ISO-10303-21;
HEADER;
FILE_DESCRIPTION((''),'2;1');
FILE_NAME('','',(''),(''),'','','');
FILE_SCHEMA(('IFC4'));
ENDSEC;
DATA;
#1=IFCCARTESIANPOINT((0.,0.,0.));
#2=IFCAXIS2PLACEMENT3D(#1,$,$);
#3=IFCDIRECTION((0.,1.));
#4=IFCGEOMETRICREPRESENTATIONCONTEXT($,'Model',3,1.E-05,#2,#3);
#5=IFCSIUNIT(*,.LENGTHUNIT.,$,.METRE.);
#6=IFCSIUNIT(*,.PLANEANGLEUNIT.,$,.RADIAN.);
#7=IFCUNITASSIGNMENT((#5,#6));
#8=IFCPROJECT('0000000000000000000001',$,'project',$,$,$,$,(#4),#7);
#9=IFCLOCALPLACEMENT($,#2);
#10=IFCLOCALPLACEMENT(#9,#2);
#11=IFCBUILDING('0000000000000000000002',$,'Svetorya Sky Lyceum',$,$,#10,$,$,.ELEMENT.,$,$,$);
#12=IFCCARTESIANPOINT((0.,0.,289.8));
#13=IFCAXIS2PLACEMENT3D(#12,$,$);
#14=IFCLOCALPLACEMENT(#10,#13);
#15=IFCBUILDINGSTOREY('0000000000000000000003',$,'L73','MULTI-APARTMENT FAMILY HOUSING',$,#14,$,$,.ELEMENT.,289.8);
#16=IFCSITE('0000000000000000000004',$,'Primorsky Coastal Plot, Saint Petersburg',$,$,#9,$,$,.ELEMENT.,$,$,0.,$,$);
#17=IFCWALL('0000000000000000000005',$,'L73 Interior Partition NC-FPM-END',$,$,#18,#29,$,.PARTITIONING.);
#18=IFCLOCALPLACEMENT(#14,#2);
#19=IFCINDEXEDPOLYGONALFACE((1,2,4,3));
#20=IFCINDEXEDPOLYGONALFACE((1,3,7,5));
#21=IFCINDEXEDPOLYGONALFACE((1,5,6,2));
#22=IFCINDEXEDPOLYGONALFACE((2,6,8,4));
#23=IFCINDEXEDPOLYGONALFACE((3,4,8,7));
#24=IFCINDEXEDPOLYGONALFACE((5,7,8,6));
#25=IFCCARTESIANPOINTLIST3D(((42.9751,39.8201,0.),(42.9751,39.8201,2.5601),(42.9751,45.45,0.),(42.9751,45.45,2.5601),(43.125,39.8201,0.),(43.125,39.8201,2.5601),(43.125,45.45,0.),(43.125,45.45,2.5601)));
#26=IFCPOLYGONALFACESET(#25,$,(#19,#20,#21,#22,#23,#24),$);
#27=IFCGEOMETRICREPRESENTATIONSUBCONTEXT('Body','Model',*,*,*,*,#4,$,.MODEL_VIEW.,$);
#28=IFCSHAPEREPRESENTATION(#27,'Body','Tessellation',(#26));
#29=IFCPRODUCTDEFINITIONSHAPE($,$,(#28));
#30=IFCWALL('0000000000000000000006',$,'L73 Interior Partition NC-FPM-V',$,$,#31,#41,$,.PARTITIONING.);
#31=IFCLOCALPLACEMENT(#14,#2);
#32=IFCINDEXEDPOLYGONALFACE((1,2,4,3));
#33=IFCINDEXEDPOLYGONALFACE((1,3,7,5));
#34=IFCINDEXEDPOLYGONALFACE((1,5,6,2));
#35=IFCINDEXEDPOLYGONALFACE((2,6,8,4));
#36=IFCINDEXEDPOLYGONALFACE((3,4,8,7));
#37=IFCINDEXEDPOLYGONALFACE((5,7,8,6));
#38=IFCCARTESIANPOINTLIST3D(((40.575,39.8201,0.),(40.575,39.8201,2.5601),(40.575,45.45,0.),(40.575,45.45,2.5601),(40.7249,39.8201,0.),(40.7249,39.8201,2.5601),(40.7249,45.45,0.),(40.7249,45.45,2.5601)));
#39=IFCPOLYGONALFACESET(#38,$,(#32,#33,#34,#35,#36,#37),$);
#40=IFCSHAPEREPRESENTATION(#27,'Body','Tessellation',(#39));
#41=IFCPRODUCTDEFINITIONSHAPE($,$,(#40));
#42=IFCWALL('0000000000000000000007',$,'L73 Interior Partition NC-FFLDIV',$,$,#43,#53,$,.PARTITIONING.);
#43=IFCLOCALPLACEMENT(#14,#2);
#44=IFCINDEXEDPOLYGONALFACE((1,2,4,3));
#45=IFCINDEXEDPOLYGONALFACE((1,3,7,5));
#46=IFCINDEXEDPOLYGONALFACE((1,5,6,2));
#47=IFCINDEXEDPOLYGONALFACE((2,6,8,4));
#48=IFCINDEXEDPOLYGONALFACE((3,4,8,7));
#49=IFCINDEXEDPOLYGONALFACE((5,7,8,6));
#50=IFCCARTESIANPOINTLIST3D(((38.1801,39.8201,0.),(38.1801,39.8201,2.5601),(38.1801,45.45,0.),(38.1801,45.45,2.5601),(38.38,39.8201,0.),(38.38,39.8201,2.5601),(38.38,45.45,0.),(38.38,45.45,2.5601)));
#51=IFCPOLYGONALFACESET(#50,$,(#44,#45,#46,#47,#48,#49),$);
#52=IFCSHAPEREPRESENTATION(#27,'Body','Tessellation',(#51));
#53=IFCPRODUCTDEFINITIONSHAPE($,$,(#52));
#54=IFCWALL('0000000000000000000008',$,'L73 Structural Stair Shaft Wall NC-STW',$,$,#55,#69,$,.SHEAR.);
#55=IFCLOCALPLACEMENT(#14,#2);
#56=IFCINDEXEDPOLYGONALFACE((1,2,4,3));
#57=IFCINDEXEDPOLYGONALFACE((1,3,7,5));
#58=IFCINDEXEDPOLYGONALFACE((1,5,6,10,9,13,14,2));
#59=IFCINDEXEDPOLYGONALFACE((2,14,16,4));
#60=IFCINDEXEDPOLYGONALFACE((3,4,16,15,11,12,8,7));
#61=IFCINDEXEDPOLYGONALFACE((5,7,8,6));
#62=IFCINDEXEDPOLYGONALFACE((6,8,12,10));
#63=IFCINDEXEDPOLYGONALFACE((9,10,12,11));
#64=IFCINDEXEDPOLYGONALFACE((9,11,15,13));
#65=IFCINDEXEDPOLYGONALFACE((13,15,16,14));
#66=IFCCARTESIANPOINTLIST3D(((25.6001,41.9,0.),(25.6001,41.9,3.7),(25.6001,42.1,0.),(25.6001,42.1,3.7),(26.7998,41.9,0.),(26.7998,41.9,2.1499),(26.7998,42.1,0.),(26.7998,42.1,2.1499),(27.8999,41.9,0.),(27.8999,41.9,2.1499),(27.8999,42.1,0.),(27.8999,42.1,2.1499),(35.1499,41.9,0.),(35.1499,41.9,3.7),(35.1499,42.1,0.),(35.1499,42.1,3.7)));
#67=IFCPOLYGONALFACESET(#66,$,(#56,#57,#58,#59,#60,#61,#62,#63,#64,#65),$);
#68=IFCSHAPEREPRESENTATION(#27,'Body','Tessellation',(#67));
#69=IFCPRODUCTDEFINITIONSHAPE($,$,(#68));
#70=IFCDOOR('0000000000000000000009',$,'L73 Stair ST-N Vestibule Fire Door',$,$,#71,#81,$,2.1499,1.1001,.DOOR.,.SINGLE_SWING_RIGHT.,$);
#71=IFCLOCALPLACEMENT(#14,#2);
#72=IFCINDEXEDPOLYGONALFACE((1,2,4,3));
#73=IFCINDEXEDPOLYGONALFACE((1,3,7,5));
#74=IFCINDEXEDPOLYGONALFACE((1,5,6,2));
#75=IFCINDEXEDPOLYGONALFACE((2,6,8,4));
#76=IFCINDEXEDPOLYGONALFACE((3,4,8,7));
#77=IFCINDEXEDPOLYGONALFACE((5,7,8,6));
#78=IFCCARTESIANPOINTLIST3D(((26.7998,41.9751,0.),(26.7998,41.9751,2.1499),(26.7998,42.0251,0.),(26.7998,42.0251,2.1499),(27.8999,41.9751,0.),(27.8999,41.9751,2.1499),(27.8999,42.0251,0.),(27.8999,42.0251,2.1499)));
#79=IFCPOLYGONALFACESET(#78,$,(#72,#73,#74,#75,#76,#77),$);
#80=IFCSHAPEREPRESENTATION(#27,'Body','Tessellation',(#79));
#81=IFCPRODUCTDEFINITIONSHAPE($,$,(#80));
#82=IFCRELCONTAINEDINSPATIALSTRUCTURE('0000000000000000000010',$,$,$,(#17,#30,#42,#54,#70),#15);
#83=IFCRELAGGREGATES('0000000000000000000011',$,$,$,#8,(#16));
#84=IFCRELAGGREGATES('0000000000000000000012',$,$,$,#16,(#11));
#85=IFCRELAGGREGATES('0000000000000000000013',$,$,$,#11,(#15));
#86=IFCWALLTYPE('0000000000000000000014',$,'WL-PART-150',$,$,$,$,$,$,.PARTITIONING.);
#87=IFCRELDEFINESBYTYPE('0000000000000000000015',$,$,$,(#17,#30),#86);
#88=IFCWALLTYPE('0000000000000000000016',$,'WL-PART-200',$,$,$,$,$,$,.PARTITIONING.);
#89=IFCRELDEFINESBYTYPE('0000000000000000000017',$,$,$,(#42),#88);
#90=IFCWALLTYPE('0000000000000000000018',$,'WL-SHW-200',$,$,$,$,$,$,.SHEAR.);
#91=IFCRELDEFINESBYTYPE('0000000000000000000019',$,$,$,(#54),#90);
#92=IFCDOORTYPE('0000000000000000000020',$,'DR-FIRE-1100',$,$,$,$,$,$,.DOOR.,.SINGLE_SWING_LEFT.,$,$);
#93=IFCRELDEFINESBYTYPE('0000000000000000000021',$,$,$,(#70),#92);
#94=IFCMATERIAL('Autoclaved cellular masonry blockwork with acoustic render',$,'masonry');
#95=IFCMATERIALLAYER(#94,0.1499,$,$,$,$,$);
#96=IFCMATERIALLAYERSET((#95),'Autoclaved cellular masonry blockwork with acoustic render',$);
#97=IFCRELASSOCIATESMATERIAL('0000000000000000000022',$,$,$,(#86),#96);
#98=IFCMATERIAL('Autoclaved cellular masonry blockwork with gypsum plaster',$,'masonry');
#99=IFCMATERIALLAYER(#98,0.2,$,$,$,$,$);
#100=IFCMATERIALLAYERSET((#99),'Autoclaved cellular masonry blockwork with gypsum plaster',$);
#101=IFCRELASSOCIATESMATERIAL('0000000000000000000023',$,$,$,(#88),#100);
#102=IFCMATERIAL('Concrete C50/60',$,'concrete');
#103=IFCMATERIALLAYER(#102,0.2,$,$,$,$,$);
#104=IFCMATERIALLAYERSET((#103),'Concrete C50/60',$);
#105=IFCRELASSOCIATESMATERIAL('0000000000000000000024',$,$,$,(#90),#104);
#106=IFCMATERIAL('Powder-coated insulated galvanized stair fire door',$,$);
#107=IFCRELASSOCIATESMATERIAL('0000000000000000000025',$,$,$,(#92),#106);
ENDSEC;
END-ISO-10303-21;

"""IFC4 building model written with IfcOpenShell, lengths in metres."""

from ifc_helpers import new_model, si_unit, direction, frame, frame_2d, origin, place, context, subcontext, project, spatial, rectangle, extrude, material, layer, layer_set, type_object, element, fill, save


model = new_model("IFC4")

# Units and contexts
model_context = context("Model", 3, precision=1e-05, world=origin(), true_north=direction((0.0, 1.0)))
body_context = subcontext(model_context, "Body", "Model", "MODEL_VIEW")
ifc_project = project(units=[si_unit("LENGTHUNIT", "METRE"), si_unit("PLANEANGLEUNIT", "RADIAN")], contexts=[model_context])

# Site, building, storey
site_placement = place(None, origin())
site = spatial("IfcSite", under=ifc_project, at=site_placement, Name="Primorsky Coastal Plot, Saint Petersburg", CompositionType="ELEMENT", RefElevation=0.0)
building_placement = place(site_placement, origin())
building = spatial("IfcBuilding", under=site, at=building_placement, Name="Svetorya Sky Lyceum", CompositionType="ELEMENT")
storey_placement = place(building_placement, frame((0.0, 0.0, 289.8)))
storey = spatial("IfcBuildingStorey", under=building, at=storey_placement, Name="L73", Description="MULTI-APARTMENT FAMILY HOUSING", CompositionType="ELEMENT", Elevation=289.8)

# Walls
ifc_material_1 = material(Name="Autoclaved cellular masonry blockwork with acoustic render", Category="masonry")
ifc_layer_1 = layer(ifc_material_1, 0.1499)
ifc_layer_set_1 = layer_set([ifc_layer_1], Name="Autoclaved cellular masonry blockwork with acoustic render")
wall_type_1 = type_object("IfcWallType", Name="WL-PART-150", PredefinedType="PARTITIONING", material=ifc_layer_set_1)
for number, where, z_axis, x_axis, name in (
    (1, (43.05, 39.8201, 0.0), (0.0, 0.0, 1.0), (0.0, 1.0, 0.0), "L73 Interior Partition NC-FPM-END"),
    (2, (40.6499, 39.8201, 0.0), (0.0, 0.0, 1.0), (0.0, 1.0, 0.0), "L73 Interior Partition NC-FPM-V"),
):
    element("IfcWall", number, at=place(storey_placement, frame(where, z_axis=z_axis, x_axis=x_axis)), inside=storey, type_object=wall_type_1, Name=name, PredefinedType="PARTITIONING", context=body_context, shape_type="SweptSolid", body=[
        extrude(rectangle(XDim=5.6299, YDim=0.1499, at=frame_2d((2.8149, 0.0))), origin(), (0.0, 0.0, 1.0), 2.5601),
    ])

# Shared definitions
ifc_material_2 = material(Name="Autoclaved cellular masonry blockwork with gypsum plaster", Category="masonry")
ifc_layer_2 = layer(ifc_material_2, 0.2)
ifc_layer_set_2 = layer_set([ifc_layer_2], Name="Autoclaved cellular masonry blockwork with gypsum plaster")
wall_type_2 = type_object("IfcWallType", Name="WL-PART-200", PredefinedType="PARTITIONING", material=ifc_layer_set_2)

# Wall
wall_1_placement = place(storey_placement, frame((38.28, 39.8201, 0.0), z_axis=(0.0, 0.0, 1.0), x_axis=(0.0, 1.0, 0.0)))
element("IfcWall", 3, at=wall_1_placement, inside=storey, type_object=wall_type_2, Name="L73 Interior Partition NC-FFLDIV", PredefinedType="PARTITIONING", context=body_context, shape_type="SweptSolid", body=[
    extrude(rectangle(XDim=5.6299, YDim=0.2, at=frame_2d((2.8149, 0.0))), origin(), (0.0, 0.0, 1.0), 2.5601),
])

# Wall, opening, door
ifc_material_3 = material(Name="Concrete C50/60", Category="concrete")
ifc_layer_3 = layer(ifc_material_3, 0.2)
ifc_layer_set_3 = layer_set([ifc_layer_3], Name="Concrete C50/60")
wall_type_3 = type_object("IfcWallType", Name="WL-SHW-200", PredefinedType="SHEAR", material=ifc_layer_set_3)
wall_2_placement = place(storey_placement, frame((35.1499, 42.0, 0.0), z_axis=(0.0, 0.0, 1.0), x_axis=(-1.0, 0.0, 0.0)))
wall_2 = element("IfcWall", 4, at=wall_2_placement, inside=storey, type_object=wall_type_3, Name="L73 Structural Stair Shaft Wall NC-STW", PredefinedType="SHEAR", context=body_context, shape_type="SweptSolid", body=[
    extrude(rectangle(XDim=9.5498, YDim=0.2, at=frame_2d((4.7749, 0.0))), origin(), (0.0, 0.0, 1.0), 3.7),
])
opening_1_placement = place(wall_2_placement, frame((7.25, 0.0, 0.0)))
opening_1 = element("IfcOpeningElement", 5, at=opening_1_placement, cuts=wall_2, PredefinedType="OPENING", context=body_context, shape_type="SweptSolid", body=[
    extrude(rectangle(XDim=1.1001, YDim=2.1499, at=frame_2d((0.55, 1.075))), frame((0.0, 0.1099, 0.0), z_axis=(0.0, -1.0, 0.0), x_axis=(1.0, 0.0, 0.0)), (0.0, 0.0, 1.0), 0.22),
])
ifc_material_4 = material(Name="Powder-coated insulated galvanized stair fire door")
door_type_1 = type_object("IfcDoorType", Name="DR-FIRE-1100", OperationType="SINGLE_SWING_LEFT", PredefinedType="DOOR", material=ifc_material_4)
door_1_placement = place(opening_1_placement, origin())
door_1 = element("IfcDoor", 6, at=door_1_placement, inside=storey, type_object=door_type_1, Name="L73 Stair ST-N Vestibule Fire Door", OperationType="SINGLE_SWING_RIGHT", OverallHeight=2.1499, OverallWidth=1.1001, PredefinedType="DOOR", context=body_context, shape_type="SweptSolid", body=[
    extrude(rectangle(XDim=1.1001, YDim=2.1499, at=frame_2d((0.55, 1.075))), frame((0.0, 0.0249, 0.0), z_axis=(0.0, -1.0, 0.0), x_axis=(1.0, 0.0, 0.0)), (0.0, 0.0, 1.0), 0.05),
])
fill(opening_1, door_1)

save(model, "model.ifc")
